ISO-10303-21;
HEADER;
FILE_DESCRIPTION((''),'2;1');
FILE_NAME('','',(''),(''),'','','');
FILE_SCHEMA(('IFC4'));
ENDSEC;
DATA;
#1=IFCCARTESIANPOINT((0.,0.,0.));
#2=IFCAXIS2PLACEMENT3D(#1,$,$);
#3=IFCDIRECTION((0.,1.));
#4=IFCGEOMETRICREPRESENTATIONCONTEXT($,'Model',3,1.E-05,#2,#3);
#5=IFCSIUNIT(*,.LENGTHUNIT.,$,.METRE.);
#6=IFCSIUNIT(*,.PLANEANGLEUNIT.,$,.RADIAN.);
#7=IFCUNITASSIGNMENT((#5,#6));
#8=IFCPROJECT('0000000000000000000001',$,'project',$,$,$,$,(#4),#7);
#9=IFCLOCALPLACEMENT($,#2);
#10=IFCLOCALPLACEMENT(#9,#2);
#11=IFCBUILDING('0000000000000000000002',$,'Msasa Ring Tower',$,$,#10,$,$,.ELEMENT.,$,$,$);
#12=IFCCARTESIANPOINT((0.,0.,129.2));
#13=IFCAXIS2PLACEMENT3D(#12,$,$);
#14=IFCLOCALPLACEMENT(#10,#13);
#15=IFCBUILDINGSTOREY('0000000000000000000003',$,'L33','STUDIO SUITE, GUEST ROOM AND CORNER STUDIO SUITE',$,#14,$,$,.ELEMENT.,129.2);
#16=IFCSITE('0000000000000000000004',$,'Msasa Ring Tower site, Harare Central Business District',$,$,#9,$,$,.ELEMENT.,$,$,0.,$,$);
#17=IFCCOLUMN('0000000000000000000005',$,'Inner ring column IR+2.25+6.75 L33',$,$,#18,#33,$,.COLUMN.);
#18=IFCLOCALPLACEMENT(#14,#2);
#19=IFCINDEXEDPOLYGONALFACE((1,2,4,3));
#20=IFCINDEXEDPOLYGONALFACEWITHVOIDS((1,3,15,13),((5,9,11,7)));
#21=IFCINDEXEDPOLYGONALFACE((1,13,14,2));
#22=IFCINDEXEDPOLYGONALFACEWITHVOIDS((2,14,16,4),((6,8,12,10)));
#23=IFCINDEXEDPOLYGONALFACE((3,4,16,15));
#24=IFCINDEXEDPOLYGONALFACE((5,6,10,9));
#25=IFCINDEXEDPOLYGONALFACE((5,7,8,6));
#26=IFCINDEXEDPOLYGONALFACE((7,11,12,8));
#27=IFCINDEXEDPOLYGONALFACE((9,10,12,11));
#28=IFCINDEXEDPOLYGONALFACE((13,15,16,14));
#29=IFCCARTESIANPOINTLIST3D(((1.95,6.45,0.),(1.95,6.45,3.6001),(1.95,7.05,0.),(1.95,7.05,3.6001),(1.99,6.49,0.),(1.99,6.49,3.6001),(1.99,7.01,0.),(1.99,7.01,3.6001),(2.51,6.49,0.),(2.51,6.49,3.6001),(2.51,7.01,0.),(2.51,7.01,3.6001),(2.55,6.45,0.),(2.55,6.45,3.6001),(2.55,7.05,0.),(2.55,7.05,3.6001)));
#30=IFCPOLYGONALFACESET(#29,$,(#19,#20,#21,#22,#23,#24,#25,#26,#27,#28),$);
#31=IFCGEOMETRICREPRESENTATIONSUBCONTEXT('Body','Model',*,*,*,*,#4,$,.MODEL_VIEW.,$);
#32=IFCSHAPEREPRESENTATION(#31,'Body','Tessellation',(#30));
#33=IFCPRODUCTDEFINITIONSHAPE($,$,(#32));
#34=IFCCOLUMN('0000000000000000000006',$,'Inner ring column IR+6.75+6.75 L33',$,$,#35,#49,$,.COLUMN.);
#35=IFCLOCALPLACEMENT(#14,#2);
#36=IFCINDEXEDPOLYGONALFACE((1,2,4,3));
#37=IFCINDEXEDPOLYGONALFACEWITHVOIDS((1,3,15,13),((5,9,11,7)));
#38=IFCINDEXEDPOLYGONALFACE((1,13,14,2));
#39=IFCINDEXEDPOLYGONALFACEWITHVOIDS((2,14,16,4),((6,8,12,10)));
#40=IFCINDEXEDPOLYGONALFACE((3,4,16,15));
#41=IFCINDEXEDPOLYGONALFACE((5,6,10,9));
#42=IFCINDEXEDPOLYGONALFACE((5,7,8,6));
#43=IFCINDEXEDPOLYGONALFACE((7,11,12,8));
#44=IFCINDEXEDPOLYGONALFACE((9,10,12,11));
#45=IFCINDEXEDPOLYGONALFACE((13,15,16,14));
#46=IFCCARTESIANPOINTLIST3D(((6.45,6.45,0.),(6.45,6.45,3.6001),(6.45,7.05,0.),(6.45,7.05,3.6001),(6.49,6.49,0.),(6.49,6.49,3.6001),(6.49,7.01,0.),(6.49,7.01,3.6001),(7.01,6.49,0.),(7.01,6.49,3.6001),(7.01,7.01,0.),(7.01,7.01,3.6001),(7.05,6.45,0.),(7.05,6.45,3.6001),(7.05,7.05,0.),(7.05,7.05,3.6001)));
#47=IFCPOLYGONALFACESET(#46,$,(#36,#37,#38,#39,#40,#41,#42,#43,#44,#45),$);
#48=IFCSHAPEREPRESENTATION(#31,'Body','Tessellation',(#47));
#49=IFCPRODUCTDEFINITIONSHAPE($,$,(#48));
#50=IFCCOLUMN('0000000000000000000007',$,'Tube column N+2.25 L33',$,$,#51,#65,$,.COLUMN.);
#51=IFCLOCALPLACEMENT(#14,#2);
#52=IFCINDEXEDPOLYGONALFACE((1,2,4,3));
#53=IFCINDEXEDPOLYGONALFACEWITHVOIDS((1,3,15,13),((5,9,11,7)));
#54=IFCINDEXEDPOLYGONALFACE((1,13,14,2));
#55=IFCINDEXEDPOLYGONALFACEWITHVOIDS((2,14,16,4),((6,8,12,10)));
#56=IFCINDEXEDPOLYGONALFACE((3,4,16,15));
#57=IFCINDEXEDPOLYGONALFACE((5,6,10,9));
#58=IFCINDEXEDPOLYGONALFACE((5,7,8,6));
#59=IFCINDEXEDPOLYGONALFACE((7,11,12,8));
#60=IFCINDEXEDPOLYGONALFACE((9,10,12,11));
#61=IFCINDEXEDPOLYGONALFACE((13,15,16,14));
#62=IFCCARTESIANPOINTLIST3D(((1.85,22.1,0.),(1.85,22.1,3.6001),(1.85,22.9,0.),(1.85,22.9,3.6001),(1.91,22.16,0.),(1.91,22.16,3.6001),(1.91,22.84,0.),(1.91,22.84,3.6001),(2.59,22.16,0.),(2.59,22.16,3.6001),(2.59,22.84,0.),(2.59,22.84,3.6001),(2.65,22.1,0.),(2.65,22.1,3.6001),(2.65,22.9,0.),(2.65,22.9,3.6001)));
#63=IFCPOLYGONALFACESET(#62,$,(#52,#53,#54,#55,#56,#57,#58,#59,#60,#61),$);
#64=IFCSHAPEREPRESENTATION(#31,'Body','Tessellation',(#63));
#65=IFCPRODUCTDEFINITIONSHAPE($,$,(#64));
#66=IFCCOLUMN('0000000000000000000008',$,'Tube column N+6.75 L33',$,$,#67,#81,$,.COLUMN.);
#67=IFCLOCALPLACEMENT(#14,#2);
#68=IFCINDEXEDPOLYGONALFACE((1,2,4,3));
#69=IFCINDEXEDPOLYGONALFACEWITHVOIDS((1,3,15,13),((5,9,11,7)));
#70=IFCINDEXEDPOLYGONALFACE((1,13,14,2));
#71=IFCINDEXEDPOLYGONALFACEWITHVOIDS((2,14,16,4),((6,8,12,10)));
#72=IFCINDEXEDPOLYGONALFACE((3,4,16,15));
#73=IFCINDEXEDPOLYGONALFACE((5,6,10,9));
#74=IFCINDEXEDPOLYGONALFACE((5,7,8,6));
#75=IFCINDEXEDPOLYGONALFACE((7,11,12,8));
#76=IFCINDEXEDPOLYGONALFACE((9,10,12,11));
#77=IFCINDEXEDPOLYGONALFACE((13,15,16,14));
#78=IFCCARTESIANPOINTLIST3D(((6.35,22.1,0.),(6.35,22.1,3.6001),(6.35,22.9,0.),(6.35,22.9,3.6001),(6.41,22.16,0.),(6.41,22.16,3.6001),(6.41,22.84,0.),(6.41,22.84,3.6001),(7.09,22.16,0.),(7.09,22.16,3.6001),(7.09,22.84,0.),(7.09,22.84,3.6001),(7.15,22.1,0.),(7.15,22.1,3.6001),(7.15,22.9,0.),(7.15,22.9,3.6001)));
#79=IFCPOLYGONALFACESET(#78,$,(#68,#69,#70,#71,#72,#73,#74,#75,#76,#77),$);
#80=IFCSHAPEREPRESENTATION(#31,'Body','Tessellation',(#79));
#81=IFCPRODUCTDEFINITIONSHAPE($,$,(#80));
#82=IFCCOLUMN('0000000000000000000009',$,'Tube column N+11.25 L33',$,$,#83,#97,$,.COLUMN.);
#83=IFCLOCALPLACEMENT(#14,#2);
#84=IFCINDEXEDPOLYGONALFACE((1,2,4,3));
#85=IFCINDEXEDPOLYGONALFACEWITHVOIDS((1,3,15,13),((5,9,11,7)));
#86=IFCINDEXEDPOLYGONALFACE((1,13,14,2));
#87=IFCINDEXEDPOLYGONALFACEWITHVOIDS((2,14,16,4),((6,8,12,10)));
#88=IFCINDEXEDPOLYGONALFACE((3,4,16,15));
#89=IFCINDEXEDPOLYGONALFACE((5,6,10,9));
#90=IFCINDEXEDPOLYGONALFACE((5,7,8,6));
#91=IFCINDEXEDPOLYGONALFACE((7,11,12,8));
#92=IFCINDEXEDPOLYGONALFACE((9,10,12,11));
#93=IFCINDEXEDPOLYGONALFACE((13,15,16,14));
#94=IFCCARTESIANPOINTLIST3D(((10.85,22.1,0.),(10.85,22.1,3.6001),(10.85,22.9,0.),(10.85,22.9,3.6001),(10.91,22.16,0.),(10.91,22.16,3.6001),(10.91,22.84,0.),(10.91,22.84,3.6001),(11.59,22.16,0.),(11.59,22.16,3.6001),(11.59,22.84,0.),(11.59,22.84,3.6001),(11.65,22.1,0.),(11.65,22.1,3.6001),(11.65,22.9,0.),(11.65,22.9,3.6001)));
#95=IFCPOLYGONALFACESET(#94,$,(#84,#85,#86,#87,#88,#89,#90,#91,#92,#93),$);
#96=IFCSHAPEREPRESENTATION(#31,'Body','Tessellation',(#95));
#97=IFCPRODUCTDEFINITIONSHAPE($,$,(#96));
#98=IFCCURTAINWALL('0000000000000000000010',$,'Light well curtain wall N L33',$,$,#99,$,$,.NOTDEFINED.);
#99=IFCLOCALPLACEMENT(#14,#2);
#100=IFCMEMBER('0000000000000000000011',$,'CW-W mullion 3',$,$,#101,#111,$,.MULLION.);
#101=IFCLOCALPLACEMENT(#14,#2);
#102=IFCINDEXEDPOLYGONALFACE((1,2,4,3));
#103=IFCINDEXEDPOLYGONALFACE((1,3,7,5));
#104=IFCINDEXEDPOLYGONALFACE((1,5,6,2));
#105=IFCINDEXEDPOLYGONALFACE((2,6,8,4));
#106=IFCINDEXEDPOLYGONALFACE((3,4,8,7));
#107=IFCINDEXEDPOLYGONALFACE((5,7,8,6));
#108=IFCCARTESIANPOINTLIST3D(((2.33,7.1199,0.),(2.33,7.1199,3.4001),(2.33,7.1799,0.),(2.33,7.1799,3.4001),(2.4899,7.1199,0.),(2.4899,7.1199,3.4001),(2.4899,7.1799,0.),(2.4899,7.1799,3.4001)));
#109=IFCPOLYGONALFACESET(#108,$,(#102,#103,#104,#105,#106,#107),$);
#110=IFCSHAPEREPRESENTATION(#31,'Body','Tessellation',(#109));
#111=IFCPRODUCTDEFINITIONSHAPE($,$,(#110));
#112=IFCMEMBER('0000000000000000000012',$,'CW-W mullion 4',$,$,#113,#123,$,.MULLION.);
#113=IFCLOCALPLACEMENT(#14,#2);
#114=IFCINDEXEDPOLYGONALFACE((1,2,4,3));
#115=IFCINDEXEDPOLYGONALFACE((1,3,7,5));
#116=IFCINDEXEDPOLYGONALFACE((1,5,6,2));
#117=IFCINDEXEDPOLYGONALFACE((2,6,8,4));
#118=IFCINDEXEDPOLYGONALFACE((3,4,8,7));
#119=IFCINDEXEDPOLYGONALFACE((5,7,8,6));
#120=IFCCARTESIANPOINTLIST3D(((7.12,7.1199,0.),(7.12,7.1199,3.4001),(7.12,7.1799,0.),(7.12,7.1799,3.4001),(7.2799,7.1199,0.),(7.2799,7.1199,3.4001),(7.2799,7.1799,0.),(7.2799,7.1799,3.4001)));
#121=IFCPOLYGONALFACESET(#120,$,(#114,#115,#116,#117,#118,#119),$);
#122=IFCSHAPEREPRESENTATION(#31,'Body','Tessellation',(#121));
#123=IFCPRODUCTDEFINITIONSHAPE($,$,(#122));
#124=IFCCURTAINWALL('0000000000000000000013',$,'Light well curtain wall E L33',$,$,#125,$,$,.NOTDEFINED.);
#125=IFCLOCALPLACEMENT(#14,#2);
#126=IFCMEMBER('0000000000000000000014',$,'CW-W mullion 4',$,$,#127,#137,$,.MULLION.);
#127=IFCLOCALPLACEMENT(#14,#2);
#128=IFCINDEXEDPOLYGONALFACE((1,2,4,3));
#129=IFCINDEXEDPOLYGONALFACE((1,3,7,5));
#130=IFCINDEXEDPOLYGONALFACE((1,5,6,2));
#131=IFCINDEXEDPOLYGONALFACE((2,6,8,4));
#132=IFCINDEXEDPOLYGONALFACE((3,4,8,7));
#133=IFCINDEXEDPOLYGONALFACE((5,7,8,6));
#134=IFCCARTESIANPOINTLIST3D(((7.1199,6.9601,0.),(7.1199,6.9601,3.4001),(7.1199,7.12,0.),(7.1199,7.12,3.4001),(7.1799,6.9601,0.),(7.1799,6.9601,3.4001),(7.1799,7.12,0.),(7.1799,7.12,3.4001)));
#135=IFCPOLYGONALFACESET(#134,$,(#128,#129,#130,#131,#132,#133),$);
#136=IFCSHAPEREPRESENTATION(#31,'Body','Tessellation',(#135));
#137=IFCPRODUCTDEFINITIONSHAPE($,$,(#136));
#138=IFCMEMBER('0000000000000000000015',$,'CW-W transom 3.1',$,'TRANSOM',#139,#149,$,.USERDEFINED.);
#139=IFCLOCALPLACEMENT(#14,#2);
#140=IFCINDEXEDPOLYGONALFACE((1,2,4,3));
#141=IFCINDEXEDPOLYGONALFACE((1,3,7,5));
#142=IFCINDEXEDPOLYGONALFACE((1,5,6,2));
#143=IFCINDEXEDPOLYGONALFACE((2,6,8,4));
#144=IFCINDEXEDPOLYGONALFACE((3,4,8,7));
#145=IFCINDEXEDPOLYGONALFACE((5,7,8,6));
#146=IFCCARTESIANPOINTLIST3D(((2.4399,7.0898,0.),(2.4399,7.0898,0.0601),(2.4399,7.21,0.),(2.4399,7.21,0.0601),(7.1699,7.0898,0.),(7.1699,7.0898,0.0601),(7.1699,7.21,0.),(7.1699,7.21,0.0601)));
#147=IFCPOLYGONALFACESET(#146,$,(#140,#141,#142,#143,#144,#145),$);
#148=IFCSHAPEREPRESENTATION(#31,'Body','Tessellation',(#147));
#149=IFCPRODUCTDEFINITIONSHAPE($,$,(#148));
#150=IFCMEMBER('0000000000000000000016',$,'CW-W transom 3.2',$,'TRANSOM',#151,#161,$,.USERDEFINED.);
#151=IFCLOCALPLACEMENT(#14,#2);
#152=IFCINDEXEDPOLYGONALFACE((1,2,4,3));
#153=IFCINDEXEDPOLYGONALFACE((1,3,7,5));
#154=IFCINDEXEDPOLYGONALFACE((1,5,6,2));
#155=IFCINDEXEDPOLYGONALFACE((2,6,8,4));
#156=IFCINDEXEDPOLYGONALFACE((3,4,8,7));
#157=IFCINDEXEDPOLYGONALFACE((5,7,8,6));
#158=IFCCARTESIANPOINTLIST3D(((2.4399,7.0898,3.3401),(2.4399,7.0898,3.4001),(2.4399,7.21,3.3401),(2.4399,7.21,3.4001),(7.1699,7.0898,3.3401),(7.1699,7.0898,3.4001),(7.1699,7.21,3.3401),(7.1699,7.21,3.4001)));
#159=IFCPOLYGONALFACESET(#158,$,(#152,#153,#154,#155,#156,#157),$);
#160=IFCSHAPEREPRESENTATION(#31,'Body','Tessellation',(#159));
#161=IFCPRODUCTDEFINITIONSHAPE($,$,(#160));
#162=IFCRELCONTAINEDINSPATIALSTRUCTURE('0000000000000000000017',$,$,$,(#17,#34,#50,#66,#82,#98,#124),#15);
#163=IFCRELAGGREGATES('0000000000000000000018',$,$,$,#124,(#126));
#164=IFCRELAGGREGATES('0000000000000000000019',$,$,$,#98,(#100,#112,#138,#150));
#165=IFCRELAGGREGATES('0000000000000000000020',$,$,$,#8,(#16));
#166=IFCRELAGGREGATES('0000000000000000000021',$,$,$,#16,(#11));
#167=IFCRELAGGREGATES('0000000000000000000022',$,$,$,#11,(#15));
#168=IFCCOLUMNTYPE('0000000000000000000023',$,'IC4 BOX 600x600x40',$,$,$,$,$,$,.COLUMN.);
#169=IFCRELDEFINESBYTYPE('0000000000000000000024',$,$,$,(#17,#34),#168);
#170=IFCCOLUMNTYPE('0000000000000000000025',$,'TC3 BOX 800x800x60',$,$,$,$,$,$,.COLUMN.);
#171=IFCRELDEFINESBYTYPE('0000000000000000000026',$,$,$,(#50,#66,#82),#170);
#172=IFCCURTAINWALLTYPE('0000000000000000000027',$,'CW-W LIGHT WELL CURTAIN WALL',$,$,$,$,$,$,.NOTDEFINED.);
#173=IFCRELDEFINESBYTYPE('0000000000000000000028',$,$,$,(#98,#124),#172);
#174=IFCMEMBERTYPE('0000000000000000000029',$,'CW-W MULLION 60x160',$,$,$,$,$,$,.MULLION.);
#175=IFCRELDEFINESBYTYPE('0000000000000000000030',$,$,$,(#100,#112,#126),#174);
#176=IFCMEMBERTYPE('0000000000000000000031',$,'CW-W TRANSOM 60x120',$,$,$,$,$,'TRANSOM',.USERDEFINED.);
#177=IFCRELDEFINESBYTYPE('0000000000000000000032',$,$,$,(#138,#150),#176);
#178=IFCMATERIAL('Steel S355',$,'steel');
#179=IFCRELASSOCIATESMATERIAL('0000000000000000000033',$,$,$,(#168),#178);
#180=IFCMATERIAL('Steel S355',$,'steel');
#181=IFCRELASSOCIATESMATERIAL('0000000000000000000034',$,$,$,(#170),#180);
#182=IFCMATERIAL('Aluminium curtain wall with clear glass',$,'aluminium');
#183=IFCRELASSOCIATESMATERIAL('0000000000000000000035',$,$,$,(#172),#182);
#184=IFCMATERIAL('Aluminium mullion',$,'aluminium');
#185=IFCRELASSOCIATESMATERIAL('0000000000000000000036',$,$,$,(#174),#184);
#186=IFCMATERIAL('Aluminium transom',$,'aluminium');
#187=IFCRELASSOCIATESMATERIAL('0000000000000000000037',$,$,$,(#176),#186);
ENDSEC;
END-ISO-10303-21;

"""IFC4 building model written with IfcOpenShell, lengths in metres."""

from ifc_helpers import new_model, si_unit, direction, frame, origin, origin_2d, place, context, subcontext, project, spatial, rectangle, hollow_rectangle, extrude, material, material_profile, profile_set, type_object, element, aggregate, save


model = new_model("IFC4")

# Units and contexts
model_context = context("Model", 3, precision=1e-05, world=origin(), true_north=direction((0.0, 1.0)))
body_context = subcontext(model_context, "Body", "Model", "MODEL_VIEW")
ifc_project = project(units=[si_unit("LENGTHUNIT", "METRE"), si_unit("PLANEANGLEUNIT", "RADIAN")], contexts=[model_context])

# Site, building, storey
site_placement = place(None, origin())
site = spatial("IfcSite", under=ifc_project, at=site_placement, Name="Msasa Ring Tower site, Harare Central Business District", CompositionType="ELEMENT", RefElevation=0.0)
building_placement = place(site_placement, origin())
building = spatial("IfcBuilding", under=site, at=building_placement, Name="Msasa Ring Tower", CompositionType="ELEMENT")
storey_placement = place(building_placement, frame((0.0, 0.0, 129.2)))
storey = spatial("IfcBuildingStorey", under=building, at=storey_placement, Name="L33", Description="STUDIO SUITE, GUEST ROOM AND CORNER STUDIO SUITE", CompositionType="ELEMENT", Elevation=129.2)

# Columns
ifc_material_1 = material(Name="Steel S355", Category="steel")
ifc_material_profile_1 = material_profile(ifc_material_1, hollow_rectangle(XDim=0.6001, YDim=0.6001, WallThickness=0.04, at=origin_2d()), Name="BOX 600x600x40")
ifc_profile_set_1 = profile_set([ifc_material_profile_1], Name="Steel S355")
column_type_1 = type_object("IfcColumnType", Name="IC4 BOX 600x600x40", PredefinedType="COLUMN", material=ifc_profile_set_1)
for number, where, z_axis, x_axis, name in (
    (1, (2.25, 6.75, 0.0), (0.0, 0.0, 1.0), (1.0, 0.0, 0.0), "Inner ring column IR+2.25+6.75 L33"),
    (2, (6.75, 6.75, 0.0), (0.0, 0.0, 1.0), (1.0, 0.0, 0.0), "Inner ring column IR+6.75+6.75 L33"),
):
    element("IfcColumn", number, at=place(storey_placement, frame(where, z_axis=z_axis, x_axis=x_axis)), inside=storey, type_object=column_type_1, Name=name, PredefinedType="COLUMN", context=body_context, shape_type="SweptSolid", body=[
        extrude(hollow_rectangle(XDim=0.6001, YDim=0.6001, WallThickness=0.04, at=origin_2d()), origin(), (0.0, 0.0, 1.0), 3.6001),
    ])
ifc_material_2 = material(Name="Steel S355", Category="steel")
ifc_material_profile_2 = material_profile(ifc_material_2, hollow_rectangle(XDim=0.8, YDim=0.8, WallThickness=0.0601, at=origin_2d()), Name="BOX 800x800x60")
ifc_profile_set_2 = profile_set([ifc_material_profile_2], Name="Steel S355")
column_type_2 = type_object("IfcColumnType", Name="TC3 BOX 800x800x60", PredefinedType="COLUMN", material=ifc_profile_set_2)
for number, where, z_axis, x_axis, name in (
    (3, (2.25, 22.5, 0.0), (0.0, 0.0, 1.0), (0.0, 1.0, 0.0), "Tube column N+2.25 L33"),
    (4, (6.75, 22.5, 0.0), (0.0, 0.0, 1.0), (0.0, 1.0, 0.0), "Tube column N+6.75 L33"),
    (5, (11.25, 22.5, 0.0), (0.0, 0.0, 1.0), (0.0, 1.0, 0.0), "Tube column N+11.25 L33"),
):
    element("IfcColumn", number, at=place(storey_placement, frame(where, z_axis=z_axis, x_axis=x_axis)), inside=storey, type_object=column_type_2, Name=name, PredefinedType="COLUMN", context=body_context, shape_type="SweptSolid", body=[
        extrude(hollow_rectangle(XDim=0.8, YDim=0.8, WallThickness=0.0601, at=origin_2d()), origin(), (0.0, 0.0, 1.0), 3.6001),
    ])

# Curtain wall, members
ifc_material_3 = material(Name="Aluminium curtain wall with clear glass", Category="aluminium")
curtain_wall_type = type_object("IfcCurtainWallType", Name="CW-W LIGHT WELL CURTAIN WALL", PredefinedType="NOTDEFINED", material=ifc_material_3)
curtain_wall_1_placement = place(storey_placement, origin())
curtain_wall_1 = element("IfcCurtainWall", 6, at=curtain_wall_1_placement, inside=storey, type_object=curtain_wall_type, Name="Light well curtain wall N L33", PredefinedType="NOTDEFINED")
ifc_material_4 = material(Name="Aluminium mullion", Category="aluminium")
ifc_material_profile_3 = material_profile(ifc_material_4, rectangle(XDim=0.0601, YDim=0.1599, at=origin_2d()), Name="AL 60x160")
ifc_profile_set_3 = profile_set([ifc_material_profile_3], Name="Aluminium mullion")
member_type_1 = type_object("IfcMemberType", Name="CW-W MULLION 60x160", PredefinedType="MULLION", material=ifc_profile_set_3)
member_1_placement = place(storey_placement, frame((2.4099, 7.1499, 0.0), z_axis=(0.0, 0.0, 1.0), x_axis=(0.0, 1.0, 0.0)))
member_1 = element("IfcMember", 7, at=member_1_placement, type_object=member_type_1, Name="CW-W mullion 3", PredefinedType="MULLION", context=body_context, shape_type="SweptSolid", body=[
    extrude(rectangle(XDim=0.0601, YDim=0.1599, at=origin_2d()), origin(), (0.0, 0.0, 1.0), 3.4001),
])
member_2_placement = place(storey_placement, frame((7.2, 7.1499, 0.0), z_axis=(0.0, 0.0, 1.0), x_axis=(0.0, 1.0, 0.0)))
member_2 = element("IfcMember", 8, at=member_2_placement, type_object=member_type_1, Name="CW-W mullion 4", PredefinedType="MULLION", context=body_context, shape_type="SweptSolid", body=[
    extrude(rectangle(XDim=0.0601, YDim=0.1599, at=origin_2d()), origin(), (0.0, 0.0, 1.0), 3.4001),
])

# Curtain wall, member
curtain_wall_2_placement = place(storey_placement, origin())
curtain_wall_2 = element("IfcCurtainWall", 9, at=curtain_wall_2_placement, inside=storey, type_object=curtain_wall_type, Name="Light well curtain wall E L33", PredefinedType="NOTDEFINED")
member_3_placement = place(storey_placement, frame((7.1499, 7.04, 0.0), z_axis=(0.0, 0.0, 1.0), x_axis=(-1.0, 0.0, 0.0)))
member_3 = element("IfcMember", 10, at=member_3_placement, type_object=member_type_1, Name="CW-W mullion 4", PredefinedType="MULLION", context=body_context, shape_type="SweptSolid", body=[
    extrude(rectangle(XDim=0.0601, YDim=0.1599, at=origin_2d()), origin(), (0.0, 0.0, 1.0), 3.4001),
])
aggregate(curtain_wall_2, [member_3])

# Members
ifc_material_5 = material(Name="Aluminium transom", Category="aluminium")
ifc_material_profile_4 = material_profile(ifc_material_5, rectangle(XDim=0.1201, YDim=0.0601, at=origin_2d()), Name="AL 60x120")
ifc_profile_set_4 = profile_set([ifc_material_profile_4], Name="Aluminium transom")
member_type_2 = type_object("IfcMemberType", Name="CW-W TRANSOM 60x120", ElementType="TRANSOM", PredefinedType="USERDEFINED", material=ifc_profile_set_4)
member_4_placement = place(storey_placement, frame((2.4399, 7.1499, 0.03), z_axis=(1.0, 0.0, 0.0), x_axis=(0.0, 1.0, 0.0)))
member_4 = element("IfcMember", 11, at=member_4_placement, type_object=member_type_2, Name="CW-W transom 3.1", ObjectType="TRANSOM", PredefinedType="USERDEFINED", context=body_context, shape_type="SweptSolid", body=[
    extrude(rectangle(XDim=0.1201, YDim=0.0601, at=origin_2d()), origin(), (0.0, 0.0, 1.0), 4.73),
])
member_5_placement = place(storey_placement, frame((2.4399, 7.1499, 3.3701), z_axis=(1.0, 0.0, 0.0), x_axis=(0.0, 1.0, 0.0)))
member_5 = element("IfcMember", 12, at=member_5_placement, type_object=member_type_2, Name="CW-W transom 3.2", ObjectType="TRANSOM", PredefinedType="USERDEFINED", context=body_context, shape_type="SweptSolid", body=[
    extrude(rectangle(XDim=0.1201, YDim=0.0601, at=origin_2d()), origin(), (0.0, 0.0, 1.0), 4.73),
])

aggregate(curtain_wall_1, [member_1, member_2, member_4, member_5])

save(model, "model.ifc")
